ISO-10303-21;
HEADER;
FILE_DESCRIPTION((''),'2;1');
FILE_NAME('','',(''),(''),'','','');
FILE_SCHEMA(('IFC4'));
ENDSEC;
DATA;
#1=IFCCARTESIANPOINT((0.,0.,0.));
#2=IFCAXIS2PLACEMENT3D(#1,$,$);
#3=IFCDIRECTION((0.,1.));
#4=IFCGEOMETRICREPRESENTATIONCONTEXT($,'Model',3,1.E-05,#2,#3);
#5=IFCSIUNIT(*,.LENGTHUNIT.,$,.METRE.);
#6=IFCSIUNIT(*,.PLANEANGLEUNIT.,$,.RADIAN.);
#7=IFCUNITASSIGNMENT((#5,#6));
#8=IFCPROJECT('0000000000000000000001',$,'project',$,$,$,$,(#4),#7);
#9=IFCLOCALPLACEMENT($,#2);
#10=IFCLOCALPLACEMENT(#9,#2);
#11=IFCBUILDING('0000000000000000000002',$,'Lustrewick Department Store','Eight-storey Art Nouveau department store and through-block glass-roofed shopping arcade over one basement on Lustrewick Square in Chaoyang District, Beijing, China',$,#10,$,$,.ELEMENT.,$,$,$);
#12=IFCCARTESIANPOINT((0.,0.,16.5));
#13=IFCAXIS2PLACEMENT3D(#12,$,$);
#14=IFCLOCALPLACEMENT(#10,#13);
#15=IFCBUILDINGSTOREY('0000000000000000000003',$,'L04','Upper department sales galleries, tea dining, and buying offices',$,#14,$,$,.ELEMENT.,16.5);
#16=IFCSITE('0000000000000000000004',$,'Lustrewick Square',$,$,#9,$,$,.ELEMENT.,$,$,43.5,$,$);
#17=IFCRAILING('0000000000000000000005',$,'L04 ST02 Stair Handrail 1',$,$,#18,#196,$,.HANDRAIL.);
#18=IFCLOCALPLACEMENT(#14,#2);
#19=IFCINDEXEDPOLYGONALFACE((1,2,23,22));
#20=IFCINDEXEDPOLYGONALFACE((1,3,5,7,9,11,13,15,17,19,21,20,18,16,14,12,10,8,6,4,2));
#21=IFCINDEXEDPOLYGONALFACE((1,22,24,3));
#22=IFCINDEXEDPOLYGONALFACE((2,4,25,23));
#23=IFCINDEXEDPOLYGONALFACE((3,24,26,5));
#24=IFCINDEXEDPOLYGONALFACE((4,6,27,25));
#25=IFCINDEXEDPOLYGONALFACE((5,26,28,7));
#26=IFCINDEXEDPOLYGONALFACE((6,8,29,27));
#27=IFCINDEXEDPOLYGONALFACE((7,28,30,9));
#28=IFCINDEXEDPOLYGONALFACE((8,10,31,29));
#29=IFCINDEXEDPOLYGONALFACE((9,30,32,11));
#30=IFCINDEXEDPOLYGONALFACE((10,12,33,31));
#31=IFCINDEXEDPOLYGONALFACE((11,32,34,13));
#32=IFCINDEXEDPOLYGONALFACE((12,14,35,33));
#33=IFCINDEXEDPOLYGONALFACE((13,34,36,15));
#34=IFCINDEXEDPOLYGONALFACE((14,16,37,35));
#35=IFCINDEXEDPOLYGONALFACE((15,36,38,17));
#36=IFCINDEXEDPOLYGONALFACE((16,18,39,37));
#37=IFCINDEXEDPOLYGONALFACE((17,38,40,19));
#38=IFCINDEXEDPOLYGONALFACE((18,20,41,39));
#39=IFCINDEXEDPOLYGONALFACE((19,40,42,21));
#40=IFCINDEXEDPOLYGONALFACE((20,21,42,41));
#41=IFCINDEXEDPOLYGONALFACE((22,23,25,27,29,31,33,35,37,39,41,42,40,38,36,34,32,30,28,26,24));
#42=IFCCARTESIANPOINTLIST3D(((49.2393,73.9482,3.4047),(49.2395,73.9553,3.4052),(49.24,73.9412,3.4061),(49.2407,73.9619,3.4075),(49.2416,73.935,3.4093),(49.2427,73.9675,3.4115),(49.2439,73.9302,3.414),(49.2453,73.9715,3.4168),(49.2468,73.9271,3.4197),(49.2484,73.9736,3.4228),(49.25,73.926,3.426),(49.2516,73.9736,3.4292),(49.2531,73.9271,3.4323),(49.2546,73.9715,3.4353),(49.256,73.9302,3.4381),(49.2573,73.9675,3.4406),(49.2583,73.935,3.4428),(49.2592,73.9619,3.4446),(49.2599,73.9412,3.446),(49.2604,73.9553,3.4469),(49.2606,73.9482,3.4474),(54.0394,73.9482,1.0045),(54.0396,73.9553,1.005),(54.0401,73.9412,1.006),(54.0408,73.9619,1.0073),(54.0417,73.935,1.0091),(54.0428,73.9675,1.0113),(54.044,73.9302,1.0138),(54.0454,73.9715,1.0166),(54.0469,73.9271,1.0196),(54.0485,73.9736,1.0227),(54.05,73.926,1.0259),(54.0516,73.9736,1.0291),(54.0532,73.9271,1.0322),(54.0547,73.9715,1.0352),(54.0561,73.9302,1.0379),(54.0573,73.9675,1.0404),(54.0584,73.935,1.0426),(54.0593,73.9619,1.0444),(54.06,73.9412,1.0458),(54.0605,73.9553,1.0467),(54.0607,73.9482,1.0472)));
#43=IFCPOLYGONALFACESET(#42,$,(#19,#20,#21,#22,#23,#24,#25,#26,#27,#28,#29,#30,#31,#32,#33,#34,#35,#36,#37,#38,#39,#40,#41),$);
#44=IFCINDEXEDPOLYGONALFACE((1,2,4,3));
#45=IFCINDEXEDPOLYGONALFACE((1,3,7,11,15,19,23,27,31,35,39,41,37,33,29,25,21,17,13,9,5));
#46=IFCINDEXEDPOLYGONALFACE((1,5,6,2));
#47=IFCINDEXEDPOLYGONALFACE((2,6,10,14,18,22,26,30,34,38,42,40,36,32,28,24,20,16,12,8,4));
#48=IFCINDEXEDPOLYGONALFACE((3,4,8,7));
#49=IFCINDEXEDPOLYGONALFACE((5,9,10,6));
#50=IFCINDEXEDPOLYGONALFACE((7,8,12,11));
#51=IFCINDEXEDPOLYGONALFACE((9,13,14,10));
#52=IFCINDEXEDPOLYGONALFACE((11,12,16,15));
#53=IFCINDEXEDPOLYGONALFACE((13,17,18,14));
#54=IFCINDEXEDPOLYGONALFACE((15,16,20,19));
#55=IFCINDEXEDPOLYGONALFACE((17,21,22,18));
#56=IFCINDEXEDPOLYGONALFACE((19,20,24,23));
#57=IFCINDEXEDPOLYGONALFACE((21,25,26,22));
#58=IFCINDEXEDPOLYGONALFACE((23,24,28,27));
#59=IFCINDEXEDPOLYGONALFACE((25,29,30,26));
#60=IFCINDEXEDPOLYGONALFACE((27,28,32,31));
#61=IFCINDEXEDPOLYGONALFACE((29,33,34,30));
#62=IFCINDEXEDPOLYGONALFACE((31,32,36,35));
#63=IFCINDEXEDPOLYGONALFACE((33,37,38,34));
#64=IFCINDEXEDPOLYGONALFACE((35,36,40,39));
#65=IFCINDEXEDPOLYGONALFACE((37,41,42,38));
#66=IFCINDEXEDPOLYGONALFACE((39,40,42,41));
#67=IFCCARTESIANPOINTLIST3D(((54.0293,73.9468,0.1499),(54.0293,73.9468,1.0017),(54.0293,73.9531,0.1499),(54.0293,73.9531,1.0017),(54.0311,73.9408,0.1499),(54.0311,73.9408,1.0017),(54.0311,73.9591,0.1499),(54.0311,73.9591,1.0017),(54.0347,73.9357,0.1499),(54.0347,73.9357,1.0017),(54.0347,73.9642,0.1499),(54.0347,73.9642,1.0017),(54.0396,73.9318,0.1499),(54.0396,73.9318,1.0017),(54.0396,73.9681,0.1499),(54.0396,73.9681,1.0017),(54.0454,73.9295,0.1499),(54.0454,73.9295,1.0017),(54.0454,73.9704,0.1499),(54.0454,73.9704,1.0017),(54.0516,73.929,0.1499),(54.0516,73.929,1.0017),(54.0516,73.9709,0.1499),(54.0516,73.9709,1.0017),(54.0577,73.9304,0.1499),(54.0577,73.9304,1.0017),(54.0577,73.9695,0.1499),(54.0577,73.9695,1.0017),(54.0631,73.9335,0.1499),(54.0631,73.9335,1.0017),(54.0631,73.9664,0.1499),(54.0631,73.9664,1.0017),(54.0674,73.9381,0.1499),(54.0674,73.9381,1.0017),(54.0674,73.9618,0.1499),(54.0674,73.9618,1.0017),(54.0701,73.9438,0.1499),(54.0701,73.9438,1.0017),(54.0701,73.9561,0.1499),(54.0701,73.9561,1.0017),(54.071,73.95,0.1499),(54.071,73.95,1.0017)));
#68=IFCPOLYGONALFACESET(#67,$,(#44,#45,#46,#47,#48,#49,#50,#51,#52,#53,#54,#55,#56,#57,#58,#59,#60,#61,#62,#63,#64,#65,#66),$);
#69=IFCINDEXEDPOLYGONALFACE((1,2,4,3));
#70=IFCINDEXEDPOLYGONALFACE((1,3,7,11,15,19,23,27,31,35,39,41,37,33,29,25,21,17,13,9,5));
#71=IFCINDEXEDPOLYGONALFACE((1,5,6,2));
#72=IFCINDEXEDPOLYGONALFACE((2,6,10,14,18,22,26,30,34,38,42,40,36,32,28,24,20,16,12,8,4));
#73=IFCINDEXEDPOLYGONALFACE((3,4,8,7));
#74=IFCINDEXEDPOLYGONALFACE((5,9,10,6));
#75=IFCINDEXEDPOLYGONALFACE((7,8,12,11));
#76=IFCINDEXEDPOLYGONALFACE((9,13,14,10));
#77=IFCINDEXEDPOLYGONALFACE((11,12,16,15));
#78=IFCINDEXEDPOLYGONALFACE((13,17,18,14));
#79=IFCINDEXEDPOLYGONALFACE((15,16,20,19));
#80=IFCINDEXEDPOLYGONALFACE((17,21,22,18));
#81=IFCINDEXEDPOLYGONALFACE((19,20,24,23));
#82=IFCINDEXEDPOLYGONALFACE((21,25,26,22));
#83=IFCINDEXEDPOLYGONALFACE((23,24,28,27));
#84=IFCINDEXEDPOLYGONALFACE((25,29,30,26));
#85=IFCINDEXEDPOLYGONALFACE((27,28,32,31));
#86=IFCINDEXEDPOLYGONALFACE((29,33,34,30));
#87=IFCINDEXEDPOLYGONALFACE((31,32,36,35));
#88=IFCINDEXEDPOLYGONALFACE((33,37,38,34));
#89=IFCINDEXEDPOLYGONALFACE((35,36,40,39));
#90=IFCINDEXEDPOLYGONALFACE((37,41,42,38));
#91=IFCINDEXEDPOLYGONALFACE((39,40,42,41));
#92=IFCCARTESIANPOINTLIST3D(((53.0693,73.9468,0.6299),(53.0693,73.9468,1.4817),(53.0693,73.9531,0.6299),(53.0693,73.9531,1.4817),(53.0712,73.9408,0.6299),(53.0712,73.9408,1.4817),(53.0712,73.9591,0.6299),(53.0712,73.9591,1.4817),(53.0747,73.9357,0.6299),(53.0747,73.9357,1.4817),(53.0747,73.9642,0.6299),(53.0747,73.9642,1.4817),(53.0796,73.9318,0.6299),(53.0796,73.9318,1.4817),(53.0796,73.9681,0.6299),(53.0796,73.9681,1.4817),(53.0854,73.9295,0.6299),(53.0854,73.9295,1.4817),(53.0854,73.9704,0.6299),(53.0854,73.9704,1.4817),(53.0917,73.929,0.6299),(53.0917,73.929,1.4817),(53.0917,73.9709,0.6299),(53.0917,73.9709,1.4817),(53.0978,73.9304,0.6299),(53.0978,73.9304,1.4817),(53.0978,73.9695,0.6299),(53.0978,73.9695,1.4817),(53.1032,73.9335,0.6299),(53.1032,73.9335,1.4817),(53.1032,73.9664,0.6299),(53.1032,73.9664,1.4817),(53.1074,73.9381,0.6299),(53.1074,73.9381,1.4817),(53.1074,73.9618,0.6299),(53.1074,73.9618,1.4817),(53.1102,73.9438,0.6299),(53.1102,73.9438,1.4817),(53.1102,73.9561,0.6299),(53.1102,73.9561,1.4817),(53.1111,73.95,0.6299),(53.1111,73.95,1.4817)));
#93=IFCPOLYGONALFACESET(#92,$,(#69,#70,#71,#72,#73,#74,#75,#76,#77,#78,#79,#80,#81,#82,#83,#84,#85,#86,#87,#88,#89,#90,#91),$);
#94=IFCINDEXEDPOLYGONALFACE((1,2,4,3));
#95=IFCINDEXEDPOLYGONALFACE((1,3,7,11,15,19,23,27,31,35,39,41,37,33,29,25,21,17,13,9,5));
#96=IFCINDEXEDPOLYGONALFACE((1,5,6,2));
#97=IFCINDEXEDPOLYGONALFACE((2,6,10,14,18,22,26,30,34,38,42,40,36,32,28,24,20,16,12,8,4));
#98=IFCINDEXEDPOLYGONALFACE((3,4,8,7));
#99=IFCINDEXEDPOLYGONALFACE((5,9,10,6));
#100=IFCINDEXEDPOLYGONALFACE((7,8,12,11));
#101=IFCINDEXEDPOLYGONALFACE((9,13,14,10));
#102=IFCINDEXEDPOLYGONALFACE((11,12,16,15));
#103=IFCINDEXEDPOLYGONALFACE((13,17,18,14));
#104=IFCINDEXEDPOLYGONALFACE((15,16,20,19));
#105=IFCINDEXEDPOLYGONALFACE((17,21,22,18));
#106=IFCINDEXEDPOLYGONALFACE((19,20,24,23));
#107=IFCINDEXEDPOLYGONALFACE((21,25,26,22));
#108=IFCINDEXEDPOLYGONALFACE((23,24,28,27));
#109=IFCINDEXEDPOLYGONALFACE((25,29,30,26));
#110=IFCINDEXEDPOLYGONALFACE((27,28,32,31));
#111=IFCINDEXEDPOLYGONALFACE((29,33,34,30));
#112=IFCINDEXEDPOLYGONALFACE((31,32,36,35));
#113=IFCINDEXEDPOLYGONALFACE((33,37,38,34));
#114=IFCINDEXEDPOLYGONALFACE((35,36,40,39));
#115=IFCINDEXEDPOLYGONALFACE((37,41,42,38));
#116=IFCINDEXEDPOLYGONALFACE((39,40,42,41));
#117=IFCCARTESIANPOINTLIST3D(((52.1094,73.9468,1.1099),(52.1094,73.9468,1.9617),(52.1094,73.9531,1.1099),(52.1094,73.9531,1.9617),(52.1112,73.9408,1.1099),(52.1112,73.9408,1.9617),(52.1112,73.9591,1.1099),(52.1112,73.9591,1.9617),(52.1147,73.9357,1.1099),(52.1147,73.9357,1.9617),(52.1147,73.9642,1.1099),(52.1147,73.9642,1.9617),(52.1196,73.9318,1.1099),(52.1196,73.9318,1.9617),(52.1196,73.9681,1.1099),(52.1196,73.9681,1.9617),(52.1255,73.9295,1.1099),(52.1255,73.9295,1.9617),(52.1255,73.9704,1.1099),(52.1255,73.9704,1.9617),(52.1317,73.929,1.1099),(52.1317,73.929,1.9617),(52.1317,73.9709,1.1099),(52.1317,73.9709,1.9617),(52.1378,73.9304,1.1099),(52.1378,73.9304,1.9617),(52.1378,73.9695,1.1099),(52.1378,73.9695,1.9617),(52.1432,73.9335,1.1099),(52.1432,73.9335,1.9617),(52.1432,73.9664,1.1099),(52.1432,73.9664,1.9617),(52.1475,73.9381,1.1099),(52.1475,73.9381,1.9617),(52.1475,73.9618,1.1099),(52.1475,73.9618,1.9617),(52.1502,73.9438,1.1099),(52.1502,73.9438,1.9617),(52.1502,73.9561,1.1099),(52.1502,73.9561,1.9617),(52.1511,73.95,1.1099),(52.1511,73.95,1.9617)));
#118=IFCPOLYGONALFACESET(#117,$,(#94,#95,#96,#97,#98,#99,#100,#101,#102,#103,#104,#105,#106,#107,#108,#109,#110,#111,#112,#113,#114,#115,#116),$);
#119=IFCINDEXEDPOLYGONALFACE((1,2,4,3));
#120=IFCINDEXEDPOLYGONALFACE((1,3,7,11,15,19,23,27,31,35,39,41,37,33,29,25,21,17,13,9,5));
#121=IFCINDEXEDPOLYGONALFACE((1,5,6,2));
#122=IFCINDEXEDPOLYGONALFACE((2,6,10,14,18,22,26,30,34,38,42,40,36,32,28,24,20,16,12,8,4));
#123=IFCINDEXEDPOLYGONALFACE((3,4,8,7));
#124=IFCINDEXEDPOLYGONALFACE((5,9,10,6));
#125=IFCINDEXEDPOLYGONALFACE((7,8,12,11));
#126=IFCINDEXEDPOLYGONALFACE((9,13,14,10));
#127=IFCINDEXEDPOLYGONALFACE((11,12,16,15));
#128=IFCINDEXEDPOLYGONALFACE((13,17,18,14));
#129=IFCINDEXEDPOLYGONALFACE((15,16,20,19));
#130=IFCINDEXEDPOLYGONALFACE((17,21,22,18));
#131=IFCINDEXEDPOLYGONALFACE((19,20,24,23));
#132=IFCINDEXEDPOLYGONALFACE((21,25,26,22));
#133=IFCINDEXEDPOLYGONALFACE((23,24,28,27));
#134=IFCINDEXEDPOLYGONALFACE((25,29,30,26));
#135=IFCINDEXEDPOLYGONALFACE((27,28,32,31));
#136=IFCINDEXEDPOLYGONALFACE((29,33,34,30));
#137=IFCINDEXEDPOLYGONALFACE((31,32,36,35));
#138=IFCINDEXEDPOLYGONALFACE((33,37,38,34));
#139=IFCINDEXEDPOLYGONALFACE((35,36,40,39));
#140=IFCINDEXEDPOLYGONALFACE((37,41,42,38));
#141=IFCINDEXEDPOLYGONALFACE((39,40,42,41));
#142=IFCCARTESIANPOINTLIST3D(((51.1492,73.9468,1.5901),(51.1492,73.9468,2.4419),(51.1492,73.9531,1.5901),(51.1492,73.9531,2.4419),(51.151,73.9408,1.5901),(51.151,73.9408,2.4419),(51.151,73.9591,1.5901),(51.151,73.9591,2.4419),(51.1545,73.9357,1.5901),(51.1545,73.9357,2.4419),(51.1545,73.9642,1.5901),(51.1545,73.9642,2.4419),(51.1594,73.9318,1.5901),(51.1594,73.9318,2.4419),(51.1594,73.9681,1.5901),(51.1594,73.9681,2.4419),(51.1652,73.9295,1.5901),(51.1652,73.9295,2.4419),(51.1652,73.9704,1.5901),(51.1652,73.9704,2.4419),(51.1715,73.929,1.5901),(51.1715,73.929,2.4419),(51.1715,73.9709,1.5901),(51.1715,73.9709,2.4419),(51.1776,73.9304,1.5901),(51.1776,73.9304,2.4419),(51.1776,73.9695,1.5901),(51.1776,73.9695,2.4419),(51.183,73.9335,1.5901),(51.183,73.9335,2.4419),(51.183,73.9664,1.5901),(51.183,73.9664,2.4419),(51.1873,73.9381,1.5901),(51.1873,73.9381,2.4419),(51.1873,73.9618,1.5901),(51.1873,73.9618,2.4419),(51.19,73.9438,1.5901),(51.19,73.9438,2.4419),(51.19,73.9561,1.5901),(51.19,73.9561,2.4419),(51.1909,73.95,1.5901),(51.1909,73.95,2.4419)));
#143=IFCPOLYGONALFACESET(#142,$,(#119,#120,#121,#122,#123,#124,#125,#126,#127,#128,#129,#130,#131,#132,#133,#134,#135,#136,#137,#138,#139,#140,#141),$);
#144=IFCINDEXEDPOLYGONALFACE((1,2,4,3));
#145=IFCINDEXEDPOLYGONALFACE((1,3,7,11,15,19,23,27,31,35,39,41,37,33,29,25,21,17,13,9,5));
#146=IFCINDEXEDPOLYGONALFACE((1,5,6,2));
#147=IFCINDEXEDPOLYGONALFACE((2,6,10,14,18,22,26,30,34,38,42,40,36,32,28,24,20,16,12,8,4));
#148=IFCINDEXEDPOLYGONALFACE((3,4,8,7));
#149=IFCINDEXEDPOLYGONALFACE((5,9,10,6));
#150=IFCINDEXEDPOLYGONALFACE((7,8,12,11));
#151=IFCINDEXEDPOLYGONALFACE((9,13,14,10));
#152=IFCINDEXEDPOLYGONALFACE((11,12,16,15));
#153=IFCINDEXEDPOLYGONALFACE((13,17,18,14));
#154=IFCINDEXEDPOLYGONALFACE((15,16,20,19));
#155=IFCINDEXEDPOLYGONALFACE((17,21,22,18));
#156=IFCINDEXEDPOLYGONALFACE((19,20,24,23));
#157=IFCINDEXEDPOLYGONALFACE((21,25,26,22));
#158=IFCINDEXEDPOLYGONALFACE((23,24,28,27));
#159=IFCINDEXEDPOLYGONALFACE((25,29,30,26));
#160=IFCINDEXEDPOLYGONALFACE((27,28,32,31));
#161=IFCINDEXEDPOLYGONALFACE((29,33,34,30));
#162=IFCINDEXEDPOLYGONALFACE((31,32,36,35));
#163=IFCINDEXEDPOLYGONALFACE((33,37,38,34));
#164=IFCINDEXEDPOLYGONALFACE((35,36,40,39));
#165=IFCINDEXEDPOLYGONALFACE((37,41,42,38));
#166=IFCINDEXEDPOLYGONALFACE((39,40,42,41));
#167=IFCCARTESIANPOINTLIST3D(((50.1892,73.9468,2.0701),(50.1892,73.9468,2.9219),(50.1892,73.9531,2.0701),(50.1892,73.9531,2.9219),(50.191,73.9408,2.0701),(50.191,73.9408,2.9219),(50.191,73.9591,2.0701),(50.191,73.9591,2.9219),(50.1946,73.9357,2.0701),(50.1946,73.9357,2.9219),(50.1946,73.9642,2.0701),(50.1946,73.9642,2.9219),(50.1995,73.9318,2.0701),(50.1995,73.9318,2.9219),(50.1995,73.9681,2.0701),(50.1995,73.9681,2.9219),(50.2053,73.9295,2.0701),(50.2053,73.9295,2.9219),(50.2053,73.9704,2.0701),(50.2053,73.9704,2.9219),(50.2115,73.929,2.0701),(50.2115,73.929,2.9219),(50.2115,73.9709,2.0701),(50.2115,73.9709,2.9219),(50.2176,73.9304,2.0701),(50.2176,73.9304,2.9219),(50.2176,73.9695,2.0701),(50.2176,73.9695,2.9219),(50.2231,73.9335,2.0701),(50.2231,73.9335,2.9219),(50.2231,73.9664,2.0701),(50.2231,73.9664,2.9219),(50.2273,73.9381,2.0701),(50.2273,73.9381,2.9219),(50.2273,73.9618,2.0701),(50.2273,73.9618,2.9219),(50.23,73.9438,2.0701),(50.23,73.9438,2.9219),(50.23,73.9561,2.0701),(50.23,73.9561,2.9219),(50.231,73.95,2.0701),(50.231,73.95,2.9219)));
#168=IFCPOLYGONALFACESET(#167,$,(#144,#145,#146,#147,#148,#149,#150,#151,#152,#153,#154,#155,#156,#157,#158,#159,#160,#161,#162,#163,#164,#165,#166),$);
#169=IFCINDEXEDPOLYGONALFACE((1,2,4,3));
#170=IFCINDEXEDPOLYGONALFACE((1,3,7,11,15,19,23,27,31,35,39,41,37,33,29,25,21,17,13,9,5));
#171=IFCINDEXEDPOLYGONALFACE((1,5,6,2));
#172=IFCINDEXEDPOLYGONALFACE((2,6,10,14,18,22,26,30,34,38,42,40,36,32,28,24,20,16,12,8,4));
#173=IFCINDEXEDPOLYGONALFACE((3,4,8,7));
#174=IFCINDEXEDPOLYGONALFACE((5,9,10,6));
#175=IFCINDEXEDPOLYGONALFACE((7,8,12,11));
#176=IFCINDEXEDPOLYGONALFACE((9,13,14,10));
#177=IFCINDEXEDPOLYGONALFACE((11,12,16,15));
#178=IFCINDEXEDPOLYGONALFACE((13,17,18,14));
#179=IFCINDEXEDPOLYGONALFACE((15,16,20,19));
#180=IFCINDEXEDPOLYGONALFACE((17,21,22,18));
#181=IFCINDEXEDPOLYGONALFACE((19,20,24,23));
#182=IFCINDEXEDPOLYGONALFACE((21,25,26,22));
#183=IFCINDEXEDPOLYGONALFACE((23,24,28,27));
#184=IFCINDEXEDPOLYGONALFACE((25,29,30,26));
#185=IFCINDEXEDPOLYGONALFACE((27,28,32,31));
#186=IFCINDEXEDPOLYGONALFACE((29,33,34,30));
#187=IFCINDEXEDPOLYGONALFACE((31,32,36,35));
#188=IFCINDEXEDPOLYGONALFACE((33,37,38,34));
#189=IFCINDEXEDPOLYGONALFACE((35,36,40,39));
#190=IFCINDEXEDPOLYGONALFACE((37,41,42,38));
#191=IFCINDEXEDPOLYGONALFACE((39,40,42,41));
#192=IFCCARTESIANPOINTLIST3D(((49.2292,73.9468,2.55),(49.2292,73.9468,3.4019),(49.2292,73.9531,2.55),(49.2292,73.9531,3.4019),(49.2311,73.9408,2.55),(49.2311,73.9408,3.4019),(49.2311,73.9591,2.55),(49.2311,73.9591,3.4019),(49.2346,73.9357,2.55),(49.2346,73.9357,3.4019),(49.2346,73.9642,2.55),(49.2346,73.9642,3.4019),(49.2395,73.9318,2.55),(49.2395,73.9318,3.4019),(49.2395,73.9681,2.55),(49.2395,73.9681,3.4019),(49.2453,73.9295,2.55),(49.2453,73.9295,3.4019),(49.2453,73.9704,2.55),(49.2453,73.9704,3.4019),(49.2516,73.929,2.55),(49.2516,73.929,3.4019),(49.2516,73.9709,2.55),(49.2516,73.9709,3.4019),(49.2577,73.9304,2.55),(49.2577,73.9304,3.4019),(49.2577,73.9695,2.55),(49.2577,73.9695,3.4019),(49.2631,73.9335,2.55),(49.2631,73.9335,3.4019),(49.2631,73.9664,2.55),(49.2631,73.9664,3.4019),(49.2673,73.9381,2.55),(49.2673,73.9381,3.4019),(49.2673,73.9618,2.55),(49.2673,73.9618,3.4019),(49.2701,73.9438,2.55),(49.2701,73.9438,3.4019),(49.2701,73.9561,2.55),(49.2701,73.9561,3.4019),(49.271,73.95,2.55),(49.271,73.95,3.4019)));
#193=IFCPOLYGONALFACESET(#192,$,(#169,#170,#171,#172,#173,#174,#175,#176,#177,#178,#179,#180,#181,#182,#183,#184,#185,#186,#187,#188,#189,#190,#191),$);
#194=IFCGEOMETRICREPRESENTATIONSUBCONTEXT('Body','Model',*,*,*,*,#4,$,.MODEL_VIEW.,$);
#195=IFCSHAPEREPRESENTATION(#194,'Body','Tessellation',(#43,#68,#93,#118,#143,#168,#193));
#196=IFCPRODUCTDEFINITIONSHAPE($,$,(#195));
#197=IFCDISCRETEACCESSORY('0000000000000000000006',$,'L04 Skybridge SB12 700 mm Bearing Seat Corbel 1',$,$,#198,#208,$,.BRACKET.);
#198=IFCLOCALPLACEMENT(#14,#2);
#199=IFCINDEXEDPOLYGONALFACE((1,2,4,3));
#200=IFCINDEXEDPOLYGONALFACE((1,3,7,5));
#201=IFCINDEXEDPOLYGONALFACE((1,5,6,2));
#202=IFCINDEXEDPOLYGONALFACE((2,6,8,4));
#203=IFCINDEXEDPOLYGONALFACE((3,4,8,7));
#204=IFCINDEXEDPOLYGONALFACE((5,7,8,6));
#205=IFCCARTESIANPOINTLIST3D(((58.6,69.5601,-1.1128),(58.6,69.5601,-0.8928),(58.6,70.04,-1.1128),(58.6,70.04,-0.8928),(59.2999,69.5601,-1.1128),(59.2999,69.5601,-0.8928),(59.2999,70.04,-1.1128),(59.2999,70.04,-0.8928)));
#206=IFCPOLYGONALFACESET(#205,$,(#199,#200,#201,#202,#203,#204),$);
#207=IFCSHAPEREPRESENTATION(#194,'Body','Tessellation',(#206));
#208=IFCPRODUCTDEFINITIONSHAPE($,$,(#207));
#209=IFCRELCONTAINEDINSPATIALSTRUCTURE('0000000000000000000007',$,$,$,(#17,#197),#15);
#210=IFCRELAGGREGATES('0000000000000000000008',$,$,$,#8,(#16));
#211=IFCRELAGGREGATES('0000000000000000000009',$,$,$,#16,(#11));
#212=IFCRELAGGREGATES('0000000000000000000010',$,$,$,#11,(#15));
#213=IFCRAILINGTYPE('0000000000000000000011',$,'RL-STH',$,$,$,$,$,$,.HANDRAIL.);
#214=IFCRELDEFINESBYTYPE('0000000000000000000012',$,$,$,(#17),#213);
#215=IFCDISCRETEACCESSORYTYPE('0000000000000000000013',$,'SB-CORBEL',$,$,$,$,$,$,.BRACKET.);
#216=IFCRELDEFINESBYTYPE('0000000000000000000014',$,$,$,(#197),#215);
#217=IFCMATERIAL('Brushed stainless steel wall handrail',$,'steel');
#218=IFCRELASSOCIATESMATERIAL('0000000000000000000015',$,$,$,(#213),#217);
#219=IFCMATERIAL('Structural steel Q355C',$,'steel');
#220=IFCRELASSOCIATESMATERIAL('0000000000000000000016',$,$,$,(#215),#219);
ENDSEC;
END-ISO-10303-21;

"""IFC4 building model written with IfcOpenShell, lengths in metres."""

from ifc_helpers import new_model, si_unit, direction, frame, origin, origin_2d, place, context, subcontext, project, spatial, rectangle, circle, extrude, material, type_object, element, save


model = new_model("IFC4")

# Units and contexts
model_context = context("Model", 3, precision=1e-05, world=origin(), true_north=direction((0.0, 1.0)))
body_context = subcontext(model_context, "Body", "Model", "MODEL_VIEW")
ifc_project = project(units=[si_unit("LENGTHUNIT", "METRE"), si_unit("PLANEANGLEUNIT", "RADIAN")], contexts=[model_context])

# Site, building, storey
site_placement = place(None, origin())
site = spatial("IfcSite", under=ifc_project, at=site_placement, Name="Lustrewick Square", CompositionType="ELEMENT", RefElevation=43.5)
building_placement = place(site_placement, origin())
building = spatial("IfcBuilding", under=site, at=building_placement, Name="Lustrewick Department Store", Description="Eight-storey Art Nouveau department store and through-block glass-roofed shopping arcade over one basement on Lustrewick Square in Chaoyang District, Beijing, China", CompositionType="ELEMENT")
storey_placement = place(building_placement, frame((0.0, 0.0, 16.5)))
storey = spatial("IfcBuildingStorey", under=building, at=storey_placement, Name="L04", Description="Upper department sales galleries, tea dining, and buying offices", CompositionType="ELEMENT", Elevation=16.5)

# Shared definitions
ifc_material_1 = material(Name="Structural steel Q355C", Category="steel")

# Railing
ifc_material_2 = material(Name="Brushed stainless steel wall handrail", Category="steel")
railing_type_1 = type_object("IfcRailingType", Name="RL-STH", PredefinedType="HANDRAIL", material=ifc_material_2)
railing_1_placement = place(storey_placement, frame((54.05, 73.95, 0.1499)))
element("IfcRailing", 1, at=railing_1_placement, inside=storey, type_object=railing_type_1, Name="L04 ST02 Stair Handrail 1", PredefinedType="HANDRAIL", context=body_context, shape_type="SweptSolid", body=[
    extrude(circle(Radius=0.0239, at=origin_2d()), frame((0.0, 0.0, 0.876), z_axis=(-0.894418, 0.0, 0.447232), x_axis=(0.0, -1.0, 0.0)), (0.0, 0.0, 1.0), 5.3667),
    extrude(circle(Radius=0.021, at=origin_2d()), origin(), (0.0, 0.0, 1.0), 0.8518),
    extrude(circle(Radius=0.021, at=origin_2d()), frame((-0.96, 0.0, 0.48)), (0.0, 0.0, 1.0), 0.8518),
    extrude(circle(Radius=0.021, at=origin_2d()), frame((-1.9199, 0.0, 0.96)), (0.0, 0.0, 1.0), 0.8518),
    extrude(circle(Radius=0.021, at=origin_2d()), frame((-2.8801, 0.0, 1.4402)), (0.0, 0.0, 1.0), 0.8518),
    extrude(circle(Radius=0.021, at=origin_2d()), frame((-3.8401, 0.0, 1.9202)), (0.0, 0.0, 1.0), 0.8518),
    extrude(circle(Radius=0.021, at=origin_2d()), frame((-4.8, 0.0, 2.4001)), (0.0, 0.0, 1.0), 0.8518),
])

# Discrete accessory
discrete_accessory_type_1 = type_object("IfcDiscreteAccessoryType", Name="SB-CORBEL", PredefinedType="BRACKET", material=ifc_material_1)
for number, where, z_axis, x_axis, name in (
    (2, (58.95, 69.8, -1.1128), (0.0, 0.0, 1.0), (1.0, 0.0, 0.0), "L04 Skybridge SB12 700 mm Bearing Seat Corbel 1"),
):
    element("IfcDiscreteAccessory", number, at=place(storey_placement, frame(where, z_axis=z_axis, x_axis=x_axis)), inside=storey, type_object=discrete_accessory_type_1, Name=name, PredefinedType="BRACKET", context=body_context, shape_type="SweptSolid", body=[
        extrude(rectangle(XDim=0.7, YDim=0.48, at=origin_2d()), origin(), (0.0, 0.0, 1.0), 0.22),
    ])

save(model, "model.ifc")
